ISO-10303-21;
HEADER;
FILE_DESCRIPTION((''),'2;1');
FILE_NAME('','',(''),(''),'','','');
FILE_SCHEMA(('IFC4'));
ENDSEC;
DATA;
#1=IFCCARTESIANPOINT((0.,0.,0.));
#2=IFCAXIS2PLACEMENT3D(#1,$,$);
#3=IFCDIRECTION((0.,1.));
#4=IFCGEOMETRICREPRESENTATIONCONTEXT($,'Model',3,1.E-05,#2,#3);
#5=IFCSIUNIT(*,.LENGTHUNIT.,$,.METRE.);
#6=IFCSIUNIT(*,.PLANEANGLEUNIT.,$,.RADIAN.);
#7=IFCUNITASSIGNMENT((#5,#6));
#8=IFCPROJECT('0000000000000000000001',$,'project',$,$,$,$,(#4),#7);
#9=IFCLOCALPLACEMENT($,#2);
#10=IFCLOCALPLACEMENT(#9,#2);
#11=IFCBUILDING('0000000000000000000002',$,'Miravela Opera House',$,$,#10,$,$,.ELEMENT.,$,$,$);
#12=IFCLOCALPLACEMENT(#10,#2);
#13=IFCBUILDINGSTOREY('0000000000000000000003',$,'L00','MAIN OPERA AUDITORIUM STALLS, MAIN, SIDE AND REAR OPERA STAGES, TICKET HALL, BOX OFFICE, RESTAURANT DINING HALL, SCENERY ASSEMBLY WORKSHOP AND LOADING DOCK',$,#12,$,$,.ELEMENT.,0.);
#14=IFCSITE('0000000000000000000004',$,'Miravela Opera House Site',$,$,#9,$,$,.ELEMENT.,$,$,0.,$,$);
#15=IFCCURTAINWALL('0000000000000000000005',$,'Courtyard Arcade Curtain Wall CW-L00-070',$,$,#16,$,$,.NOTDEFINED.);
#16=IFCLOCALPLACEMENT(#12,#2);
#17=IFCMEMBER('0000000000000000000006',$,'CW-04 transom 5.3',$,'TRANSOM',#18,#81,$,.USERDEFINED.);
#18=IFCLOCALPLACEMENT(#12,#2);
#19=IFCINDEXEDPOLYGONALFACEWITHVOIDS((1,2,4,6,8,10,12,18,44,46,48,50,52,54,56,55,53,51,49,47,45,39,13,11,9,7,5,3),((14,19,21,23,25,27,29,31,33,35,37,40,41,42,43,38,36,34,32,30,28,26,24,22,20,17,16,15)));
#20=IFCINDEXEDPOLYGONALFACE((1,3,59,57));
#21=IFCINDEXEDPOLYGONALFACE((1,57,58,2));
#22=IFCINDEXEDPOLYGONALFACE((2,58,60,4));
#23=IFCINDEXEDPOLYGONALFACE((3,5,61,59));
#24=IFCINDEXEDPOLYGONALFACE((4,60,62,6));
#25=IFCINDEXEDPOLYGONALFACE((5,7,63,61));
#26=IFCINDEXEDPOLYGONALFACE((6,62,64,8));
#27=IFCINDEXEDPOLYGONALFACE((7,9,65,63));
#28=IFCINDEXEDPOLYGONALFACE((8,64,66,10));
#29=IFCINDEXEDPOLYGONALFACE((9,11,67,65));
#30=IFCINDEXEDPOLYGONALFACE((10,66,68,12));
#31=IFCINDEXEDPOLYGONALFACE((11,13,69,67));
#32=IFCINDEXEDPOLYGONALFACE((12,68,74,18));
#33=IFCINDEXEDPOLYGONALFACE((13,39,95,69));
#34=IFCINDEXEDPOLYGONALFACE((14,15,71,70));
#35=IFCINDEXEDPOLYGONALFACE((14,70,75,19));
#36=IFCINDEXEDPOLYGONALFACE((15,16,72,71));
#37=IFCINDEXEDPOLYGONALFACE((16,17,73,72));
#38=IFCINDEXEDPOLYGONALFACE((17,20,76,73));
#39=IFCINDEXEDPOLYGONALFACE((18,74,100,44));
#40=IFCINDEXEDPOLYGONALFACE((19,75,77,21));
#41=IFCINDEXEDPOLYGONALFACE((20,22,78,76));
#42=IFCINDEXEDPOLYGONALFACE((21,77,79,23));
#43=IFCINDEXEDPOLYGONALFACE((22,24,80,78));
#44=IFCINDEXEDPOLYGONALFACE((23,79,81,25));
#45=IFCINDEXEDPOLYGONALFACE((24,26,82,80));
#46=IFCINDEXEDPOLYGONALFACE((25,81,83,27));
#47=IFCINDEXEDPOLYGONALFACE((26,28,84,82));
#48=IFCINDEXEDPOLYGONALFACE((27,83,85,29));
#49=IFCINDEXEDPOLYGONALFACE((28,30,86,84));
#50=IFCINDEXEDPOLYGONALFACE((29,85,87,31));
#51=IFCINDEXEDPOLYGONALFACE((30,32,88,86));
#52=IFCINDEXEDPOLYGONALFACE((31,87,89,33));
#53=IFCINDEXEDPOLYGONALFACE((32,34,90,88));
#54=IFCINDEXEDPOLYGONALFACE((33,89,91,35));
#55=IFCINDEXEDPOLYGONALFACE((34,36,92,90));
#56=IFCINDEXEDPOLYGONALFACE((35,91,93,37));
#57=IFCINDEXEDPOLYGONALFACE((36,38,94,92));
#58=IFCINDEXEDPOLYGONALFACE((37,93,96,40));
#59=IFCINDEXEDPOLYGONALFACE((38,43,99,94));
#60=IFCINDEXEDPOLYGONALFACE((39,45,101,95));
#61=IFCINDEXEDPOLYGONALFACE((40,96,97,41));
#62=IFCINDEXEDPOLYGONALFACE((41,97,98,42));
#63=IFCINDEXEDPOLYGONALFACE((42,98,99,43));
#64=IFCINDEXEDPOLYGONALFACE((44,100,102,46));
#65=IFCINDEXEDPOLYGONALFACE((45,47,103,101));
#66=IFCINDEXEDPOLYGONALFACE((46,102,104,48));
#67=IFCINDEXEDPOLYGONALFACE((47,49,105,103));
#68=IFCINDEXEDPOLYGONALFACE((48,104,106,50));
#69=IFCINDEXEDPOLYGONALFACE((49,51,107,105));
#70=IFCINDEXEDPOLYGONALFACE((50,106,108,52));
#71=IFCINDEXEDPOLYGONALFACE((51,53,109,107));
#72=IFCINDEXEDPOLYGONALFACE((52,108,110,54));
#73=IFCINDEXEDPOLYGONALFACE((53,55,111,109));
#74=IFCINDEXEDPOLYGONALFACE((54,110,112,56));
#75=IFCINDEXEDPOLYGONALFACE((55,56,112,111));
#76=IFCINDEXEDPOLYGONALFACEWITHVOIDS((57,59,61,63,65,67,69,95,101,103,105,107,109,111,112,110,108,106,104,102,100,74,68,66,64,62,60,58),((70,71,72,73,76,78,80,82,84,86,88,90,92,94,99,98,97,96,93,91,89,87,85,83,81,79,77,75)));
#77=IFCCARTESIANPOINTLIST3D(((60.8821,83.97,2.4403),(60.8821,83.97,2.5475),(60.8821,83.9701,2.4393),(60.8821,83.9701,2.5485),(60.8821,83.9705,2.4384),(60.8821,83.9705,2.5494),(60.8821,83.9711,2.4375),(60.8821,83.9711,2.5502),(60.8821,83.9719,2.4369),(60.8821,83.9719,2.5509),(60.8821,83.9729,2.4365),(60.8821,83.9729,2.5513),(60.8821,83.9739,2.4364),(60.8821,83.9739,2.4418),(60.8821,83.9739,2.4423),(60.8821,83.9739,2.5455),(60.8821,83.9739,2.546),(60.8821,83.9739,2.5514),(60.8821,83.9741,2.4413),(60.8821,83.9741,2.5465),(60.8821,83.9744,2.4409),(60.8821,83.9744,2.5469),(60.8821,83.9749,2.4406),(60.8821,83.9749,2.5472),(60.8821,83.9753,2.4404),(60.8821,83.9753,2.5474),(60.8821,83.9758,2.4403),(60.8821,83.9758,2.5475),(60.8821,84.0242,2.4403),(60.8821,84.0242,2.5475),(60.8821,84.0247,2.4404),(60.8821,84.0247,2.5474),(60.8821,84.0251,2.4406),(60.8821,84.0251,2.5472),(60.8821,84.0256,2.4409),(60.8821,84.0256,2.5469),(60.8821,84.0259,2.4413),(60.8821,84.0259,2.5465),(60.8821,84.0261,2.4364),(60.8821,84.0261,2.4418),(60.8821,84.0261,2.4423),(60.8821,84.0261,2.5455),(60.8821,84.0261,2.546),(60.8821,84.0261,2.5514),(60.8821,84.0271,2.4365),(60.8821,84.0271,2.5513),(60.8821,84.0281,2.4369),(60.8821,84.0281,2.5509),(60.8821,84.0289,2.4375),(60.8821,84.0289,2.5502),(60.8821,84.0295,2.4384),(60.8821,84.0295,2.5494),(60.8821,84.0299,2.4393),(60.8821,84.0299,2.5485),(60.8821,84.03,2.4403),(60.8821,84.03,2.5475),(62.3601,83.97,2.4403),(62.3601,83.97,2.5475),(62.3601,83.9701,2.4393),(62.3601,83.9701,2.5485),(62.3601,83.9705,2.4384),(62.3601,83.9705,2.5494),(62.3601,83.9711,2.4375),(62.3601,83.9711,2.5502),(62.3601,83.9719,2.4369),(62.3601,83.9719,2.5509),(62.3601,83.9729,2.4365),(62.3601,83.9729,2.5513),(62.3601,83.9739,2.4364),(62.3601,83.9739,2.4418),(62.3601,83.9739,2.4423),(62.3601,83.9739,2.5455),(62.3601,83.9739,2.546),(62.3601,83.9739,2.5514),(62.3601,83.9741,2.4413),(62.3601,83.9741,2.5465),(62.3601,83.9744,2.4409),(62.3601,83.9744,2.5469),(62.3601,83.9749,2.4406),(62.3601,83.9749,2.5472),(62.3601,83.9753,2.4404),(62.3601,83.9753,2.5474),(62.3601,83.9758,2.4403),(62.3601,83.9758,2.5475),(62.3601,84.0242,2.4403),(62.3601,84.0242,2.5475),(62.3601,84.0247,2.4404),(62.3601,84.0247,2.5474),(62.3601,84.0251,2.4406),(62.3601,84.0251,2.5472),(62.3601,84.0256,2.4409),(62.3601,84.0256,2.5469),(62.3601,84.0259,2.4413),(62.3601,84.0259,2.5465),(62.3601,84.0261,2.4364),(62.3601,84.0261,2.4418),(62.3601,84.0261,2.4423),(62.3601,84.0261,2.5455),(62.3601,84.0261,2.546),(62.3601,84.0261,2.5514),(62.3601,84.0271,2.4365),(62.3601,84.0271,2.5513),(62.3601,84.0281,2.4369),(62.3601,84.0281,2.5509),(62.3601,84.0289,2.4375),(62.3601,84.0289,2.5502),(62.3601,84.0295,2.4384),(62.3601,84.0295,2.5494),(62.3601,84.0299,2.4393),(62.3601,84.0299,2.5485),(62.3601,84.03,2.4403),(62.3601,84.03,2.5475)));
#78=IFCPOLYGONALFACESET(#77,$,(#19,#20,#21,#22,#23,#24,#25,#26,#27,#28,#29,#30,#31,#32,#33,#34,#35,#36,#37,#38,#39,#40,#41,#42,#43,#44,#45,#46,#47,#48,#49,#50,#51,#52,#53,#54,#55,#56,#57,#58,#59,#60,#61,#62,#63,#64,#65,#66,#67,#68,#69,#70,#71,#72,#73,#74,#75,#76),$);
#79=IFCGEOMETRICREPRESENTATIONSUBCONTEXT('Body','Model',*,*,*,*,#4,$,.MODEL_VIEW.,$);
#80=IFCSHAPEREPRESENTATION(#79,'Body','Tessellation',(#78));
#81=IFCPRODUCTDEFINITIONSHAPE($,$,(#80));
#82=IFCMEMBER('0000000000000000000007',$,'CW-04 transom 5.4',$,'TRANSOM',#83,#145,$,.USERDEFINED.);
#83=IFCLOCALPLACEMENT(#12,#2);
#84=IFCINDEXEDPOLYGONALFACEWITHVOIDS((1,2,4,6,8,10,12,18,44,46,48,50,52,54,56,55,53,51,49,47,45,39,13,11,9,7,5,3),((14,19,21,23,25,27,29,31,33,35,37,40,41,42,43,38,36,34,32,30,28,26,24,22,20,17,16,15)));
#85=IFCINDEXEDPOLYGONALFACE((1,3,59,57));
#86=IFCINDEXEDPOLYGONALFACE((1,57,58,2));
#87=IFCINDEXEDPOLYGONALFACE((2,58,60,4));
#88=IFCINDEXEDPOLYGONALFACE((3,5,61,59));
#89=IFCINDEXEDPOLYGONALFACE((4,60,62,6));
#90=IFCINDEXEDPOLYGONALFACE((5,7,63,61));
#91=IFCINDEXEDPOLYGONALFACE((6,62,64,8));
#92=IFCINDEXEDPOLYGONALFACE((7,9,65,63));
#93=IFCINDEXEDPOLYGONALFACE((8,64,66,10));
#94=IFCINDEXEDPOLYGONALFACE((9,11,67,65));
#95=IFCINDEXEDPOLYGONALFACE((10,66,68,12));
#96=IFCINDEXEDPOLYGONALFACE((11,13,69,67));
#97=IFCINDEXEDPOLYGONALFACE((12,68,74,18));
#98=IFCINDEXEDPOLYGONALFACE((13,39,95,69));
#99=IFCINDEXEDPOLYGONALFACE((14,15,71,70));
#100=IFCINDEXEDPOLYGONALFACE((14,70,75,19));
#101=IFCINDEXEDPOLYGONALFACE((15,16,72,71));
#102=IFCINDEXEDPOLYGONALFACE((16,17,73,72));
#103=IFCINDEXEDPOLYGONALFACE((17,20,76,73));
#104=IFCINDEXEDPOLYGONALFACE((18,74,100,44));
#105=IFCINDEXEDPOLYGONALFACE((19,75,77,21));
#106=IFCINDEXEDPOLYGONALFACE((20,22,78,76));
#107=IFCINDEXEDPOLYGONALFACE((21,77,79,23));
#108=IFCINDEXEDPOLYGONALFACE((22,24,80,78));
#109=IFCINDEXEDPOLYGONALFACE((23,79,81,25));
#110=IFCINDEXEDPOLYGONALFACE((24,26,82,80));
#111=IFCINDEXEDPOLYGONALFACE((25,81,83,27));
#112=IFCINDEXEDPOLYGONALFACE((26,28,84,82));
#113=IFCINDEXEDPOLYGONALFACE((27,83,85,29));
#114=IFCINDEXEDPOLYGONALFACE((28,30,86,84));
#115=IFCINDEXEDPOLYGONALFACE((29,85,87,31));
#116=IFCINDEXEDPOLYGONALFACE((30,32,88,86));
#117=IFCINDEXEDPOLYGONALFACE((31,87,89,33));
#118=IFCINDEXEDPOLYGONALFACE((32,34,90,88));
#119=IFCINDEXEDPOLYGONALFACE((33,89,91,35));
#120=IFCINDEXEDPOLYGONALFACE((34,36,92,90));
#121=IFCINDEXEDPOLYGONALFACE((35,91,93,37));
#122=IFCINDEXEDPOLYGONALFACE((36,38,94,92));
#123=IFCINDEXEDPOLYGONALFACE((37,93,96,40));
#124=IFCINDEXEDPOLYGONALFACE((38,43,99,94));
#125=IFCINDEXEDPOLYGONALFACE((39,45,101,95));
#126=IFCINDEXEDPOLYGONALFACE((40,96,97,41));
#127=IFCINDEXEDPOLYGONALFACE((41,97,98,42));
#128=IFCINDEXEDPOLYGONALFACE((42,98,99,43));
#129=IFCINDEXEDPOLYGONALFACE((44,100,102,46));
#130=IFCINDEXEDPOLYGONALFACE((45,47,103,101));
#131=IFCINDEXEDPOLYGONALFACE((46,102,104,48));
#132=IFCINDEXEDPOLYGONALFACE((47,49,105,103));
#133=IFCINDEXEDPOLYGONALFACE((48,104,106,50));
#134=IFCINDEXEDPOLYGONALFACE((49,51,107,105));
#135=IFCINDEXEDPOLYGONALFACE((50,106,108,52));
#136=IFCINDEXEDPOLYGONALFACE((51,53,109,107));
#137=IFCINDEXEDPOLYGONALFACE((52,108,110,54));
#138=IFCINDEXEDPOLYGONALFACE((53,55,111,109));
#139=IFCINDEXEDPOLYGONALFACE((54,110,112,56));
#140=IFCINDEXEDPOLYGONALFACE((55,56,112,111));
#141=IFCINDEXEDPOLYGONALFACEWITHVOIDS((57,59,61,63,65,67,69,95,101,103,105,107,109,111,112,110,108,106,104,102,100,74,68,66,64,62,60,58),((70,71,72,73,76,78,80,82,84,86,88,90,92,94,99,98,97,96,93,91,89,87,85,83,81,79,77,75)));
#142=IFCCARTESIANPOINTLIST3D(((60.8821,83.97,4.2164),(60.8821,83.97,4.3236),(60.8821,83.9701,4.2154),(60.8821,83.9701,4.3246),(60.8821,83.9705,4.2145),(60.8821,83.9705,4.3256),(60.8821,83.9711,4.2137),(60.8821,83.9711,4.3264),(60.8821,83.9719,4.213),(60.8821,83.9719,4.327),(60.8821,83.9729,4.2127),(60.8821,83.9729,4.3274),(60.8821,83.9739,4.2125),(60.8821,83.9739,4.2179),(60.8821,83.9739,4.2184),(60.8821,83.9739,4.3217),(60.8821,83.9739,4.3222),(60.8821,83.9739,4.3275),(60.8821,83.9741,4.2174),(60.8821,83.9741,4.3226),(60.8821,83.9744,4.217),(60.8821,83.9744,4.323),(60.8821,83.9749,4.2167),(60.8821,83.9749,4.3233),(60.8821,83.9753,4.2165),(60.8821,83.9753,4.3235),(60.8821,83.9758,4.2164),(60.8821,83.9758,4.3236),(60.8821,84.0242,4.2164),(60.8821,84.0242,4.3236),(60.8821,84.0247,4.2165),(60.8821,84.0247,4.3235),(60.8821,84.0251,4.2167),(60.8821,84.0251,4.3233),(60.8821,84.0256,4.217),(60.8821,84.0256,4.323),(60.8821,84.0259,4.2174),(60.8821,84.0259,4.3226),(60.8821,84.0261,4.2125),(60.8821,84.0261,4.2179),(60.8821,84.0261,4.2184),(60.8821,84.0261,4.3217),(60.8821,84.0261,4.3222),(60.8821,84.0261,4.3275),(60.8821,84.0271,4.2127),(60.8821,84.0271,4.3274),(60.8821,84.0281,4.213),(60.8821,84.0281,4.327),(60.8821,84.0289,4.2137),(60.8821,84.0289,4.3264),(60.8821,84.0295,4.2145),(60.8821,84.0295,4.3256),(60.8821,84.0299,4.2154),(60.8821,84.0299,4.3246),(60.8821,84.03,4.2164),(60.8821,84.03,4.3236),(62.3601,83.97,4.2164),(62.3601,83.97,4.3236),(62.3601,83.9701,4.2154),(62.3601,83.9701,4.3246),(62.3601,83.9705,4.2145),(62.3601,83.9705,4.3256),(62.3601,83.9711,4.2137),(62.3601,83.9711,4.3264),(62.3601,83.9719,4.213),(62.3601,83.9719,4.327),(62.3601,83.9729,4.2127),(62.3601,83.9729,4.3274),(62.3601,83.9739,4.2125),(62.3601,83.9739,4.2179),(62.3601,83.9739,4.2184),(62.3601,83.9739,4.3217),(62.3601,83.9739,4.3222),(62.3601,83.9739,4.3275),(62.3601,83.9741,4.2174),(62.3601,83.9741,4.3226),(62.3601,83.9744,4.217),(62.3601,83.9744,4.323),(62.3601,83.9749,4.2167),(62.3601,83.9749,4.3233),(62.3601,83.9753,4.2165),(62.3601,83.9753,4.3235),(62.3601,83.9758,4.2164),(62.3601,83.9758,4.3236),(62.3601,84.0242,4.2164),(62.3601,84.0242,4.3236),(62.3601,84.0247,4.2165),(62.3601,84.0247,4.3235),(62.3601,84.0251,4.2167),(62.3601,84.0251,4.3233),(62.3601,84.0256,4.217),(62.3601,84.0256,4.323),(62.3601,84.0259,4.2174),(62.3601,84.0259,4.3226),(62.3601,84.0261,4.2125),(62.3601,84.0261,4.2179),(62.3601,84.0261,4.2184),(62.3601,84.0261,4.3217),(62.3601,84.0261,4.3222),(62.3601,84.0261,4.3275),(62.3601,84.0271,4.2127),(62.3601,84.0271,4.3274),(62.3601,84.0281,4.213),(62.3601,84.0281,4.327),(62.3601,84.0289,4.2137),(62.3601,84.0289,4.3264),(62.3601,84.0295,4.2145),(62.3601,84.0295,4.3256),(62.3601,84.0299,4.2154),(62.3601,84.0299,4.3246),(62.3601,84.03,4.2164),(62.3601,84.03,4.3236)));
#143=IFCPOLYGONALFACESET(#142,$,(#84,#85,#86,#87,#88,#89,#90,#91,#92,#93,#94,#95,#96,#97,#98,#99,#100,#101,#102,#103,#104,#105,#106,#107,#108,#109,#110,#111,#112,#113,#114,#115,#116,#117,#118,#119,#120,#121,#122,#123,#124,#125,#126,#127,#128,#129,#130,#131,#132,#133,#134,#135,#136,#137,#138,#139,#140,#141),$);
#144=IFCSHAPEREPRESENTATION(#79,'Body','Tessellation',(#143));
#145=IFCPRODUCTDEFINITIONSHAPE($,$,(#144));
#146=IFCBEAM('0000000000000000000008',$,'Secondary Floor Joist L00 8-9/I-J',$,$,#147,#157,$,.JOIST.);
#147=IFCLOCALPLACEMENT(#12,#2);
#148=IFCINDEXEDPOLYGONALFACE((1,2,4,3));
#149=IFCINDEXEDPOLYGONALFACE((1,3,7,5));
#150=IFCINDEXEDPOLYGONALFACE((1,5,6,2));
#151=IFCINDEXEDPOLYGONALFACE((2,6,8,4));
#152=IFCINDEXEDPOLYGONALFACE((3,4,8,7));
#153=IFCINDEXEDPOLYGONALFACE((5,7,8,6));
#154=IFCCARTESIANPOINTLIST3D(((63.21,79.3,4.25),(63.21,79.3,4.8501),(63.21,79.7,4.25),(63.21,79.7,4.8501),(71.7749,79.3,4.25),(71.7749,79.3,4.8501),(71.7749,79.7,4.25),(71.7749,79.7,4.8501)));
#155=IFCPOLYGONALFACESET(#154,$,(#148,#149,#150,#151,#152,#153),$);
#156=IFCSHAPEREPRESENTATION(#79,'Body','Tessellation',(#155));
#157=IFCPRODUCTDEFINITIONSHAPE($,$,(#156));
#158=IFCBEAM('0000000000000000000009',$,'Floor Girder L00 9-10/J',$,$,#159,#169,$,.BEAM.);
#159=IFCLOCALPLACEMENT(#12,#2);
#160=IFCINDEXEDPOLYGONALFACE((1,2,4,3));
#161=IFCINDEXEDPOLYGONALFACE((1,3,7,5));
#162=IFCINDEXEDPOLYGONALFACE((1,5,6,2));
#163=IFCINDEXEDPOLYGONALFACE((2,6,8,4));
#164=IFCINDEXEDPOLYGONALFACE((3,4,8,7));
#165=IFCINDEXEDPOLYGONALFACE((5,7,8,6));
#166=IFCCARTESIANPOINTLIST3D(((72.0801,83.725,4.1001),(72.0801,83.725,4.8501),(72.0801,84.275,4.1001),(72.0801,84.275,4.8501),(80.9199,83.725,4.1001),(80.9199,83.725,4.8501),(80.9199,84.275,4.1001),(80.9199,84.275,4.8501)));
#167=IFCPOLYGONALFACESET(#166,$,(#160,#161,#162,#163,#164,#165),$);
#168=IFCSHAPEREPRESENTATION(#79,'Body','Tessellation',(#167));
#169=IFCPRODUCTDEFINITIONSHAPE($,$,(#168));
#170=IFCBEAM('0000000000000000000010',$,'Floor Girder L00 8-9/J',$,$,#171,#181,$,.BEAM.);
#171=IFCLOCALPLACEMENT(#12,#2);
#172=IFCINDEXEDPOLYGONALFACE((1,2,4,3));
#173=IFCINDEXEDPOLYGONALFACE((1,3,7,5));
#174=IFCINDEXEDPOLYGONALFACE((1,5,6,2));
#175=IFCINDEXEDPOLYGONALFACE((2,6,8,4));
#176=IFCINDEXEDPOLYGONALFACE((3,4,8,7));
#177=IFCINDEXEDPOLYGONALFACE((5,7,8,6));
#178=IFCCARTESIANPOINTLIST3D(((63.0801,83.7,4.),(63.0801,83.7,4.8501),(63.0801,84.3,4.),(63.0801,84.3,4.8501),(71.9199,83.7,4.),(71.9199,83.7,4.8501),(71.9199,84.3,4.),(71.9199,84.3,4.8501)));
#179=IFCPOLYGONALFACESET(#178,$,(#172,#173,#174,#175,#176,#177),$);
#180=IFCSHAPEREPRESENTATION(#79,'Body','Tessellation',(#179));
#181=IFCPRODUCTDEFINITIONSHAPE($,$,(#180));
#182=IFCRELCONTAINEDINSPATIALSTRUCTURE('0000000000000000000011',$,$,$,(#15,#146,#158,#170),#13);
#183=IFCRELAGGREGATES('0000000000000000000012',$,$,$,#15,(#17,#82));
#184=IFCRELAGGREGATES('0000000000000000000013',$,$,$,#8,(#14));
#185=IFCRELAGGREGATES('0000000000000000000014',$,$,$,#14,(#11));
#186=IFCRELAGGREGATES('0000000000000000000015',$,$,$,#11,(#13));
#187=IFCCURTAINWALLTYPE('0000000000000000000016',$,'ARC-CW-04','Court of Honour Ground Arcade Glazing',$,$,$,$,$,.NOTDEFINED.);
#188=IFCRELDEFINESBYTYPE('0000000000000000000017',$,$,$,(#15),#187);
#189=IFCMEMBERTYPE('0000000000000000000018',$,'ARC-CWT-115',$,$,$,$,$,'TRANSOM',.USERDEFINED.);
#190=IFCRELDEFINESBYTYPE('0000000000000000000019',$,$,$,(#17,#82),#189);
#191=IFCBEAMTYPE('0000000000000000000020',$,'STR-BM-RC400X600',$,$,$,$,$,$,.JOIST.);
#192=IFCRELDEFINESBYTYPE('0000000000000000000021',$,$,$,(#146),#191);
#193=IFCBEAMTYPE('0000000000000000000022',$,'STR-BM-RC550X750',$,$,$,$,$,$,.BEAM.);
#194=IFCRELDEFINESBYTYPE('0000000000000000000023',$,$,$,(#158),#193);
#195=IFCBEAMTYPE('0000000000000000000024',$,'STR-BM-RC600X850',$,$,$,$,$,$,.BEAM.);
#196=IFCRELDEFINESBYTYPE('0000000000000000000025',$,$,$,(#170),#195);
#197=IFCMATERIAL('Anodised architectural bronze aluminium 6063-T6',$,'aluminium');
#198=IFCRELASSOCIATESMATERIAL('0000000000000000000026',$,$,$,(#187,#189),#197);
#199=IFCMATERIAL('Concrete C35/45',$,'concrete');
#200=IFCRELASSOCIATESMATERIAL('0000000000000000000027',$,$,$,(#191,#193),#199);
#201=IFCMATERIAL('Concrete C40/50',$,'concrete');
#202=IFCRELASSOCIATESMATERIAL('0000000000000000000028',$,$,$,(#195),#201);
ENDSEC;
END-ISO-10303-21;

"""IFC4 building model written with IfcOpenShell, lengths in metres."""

from ifc_helpers import new_model, si_unit, direction, frame, origin, origin_2d, place, context, subcontext, project, spatial, rectangle, hollow_rectangle, extrude, material, material_profile, profile_set, type_object, element, aggregate, save


model = new_model("IFC4")

# Units and contexts
model_context = context("Model", 3, precision=1e-05, world=origin(), true_north=direction((0.0, 1.0)))
body_context = subcontext(model_context, "Body", "Model", "MODEL_VIEW")
ifc_project = project(units=[si_unit("LENGTHUNIT", "METRE"), si_unit("PLANEANGLEUNIT", "RADIAN")], contexts=[model_context])

# Site, building, storey
site_placement = place(None, origin())
site = spatial("IfcSite", under=ifc_project, at=site_placement, Name="Miravela Opera House Site", CompositionType="ELEMENT", RefElevation=0.0)
building_placement = place(site_placement, origin())
building = spatial("IfcBuilding", under=site, at=building_placement, Name="Miravela Opera House", CompositionType="ELEMENT")
storey_placement = place(building_placement, origin())
storey = spatial("IfcBuildingStorey", under=building, at=storey_placement, Name="L00", Description="MAIN OPERA AUDITORIUM STALLS, MAIN, SIDE AND REAR OPERA STAGES, TICKET HALL, BOX OFFICE, RESTAURANT DINING HALL, SCENERY ASSEMBLY WORKSHOP AND LOADING DOCK", CompositionType="ELEMENT", Elevation=0.0)

# Shared definitions
ifc_material_1 = material(Name="Concrete C35/45", Category="concrete")

# Curtain wall, members
ifc_material_2 = material(Name="Anodised architectural bronze aluminium 6063-T6", Category="aluminium")
curtain_wall_type = type_object("IfcCurtainWallType", Name="ARC-CW-04", Description="Court of Honour Ground Arcade Glazing", PredefinedType="NOTDEFINED", material=ifc_material_2)
curtain_wall_placement = place(storey_placement, origin())
curtain_wall = element("IfcCurtainWall", 1, at=curtain_wall_placement, inside=storey, type_object=curtain_wall_type, Name="Courtyard Arcade Curtain Wall CW-L00-070", PredefinedType="NOTDEFINED")
ifc_material_profile_1 = material_profile(ifc_material_2, hollow_rectangle(XDim=0.0601, YDim=0.115, WallThickness=0.0039, InnerFilletRadius=0.002, OuterFilletRadius=0.0039, at=origin_2d()), Name="CWT-60X115")
ifc_profile_set_1 = profile_set([ifc_material_profile_1])
member_type_1 = type_object("IfcMemberType", Name="ARC-CWT-115", ElementType="TRANSOM", PredefinedType="USERDEFINED", material=ifc_profile_set_1)
member_1_placement = place(storey_placement, frame((60.8821, 84.0, 2.4939), z_axis=(1.0, 0.0, 0.0), x_axis=(0.0, 1.0, 0.0)))
member_1 = element("IfcMember", 2, at=member_1_placement, type_object=member_type_1, Name="CW-04 transom 5.3", ObjectType="TRANSOM", PredefinedType="USERDEFINED", context=body_context, shape_type="SweptSolid", body=[
    extrude(hollow_rectangle(XDim=0.0601, YDim=0.115, WallThickness=0.0039, InnerFilletRadius=0.002, OuterFilletRadius=0.0039, at=origin_2d()), origin(), (0.0, 0.0, 1.0), 1.478),
])
member_2_placement = place(storey_placement, frame((60.8821, 84.0, 4.27), z_axis=(1.0, 0.0, 0.0), x_axis=(0.0, 1.0, 0.0)))
member_2 = element("IfcMember", 3, at=member_2_placement, type_object=member_type_1, Name="CW-04 transom 5.4", ObjectType="TRANSOM", PredefinedType="USERDEFINED", context=body_context, shape_type="SweptSolid", body=[
    extrude(hollow_rectangle(XDim=0.0601, YDim=0.115, WallThickness=0.0039, InnerFilletRadius=0.002, OuterFilletRadius=0.0039, at=origin_2d()), origin(), (0.0, 0.0, 1.0), 1.478),
])

# Beams
ifc_material_profile_2 = material_profile(ifc_material_1, rectangle(XDim=0.3999, YDim=0.6001, at=origin_2d()), Name="RC-BM-400X600")
ifc_profile_set_2 = profile_set([ifc_material_profile_2])
beam_type_1 = type_object("IfcBeamType", Name="STR-BM-RC400X600", PredefinedType="JOIST", material=ifc_profile_set_2)
beam_1_placement = place(storey_placement, frame((63.21, 79.5, 4.55), z_axis=(1.0, 0.0, 0.0), x_axis=(0.0, 1.0, 0.0)))
element("IfcBeam", 4, at=beam_1_placement, inside=storey, type_object=beam_type_1, Name="Secondary Floor Joist L00 8-9/I-J", PredefinedType="JOIST", context=body_context, shape_type="SweptSolid", body=[
    extrude(rectangle(XDim=0.3999, YDim=0.6001, at=origin_2d()), origin(), (0.0, 0.0, 1.0), 8.5649),
])
ifc_material_profile_3 = material_profile(ifc_material_1, rectangle(XDim=0.55, YDim=0.75, at=origin_2d()), Name="RC-BM-550X750")
ifc_profile_set_3 = profile_set([ifc_material_profile_3])
beam_type_2 = type_object("IfcBeamType", Name="STR-BM-RC550X750", PredefinedType="BEAM", material=ifc_profile_set_3)
beam_2_placement = place(storey_placement, frame((72.0801, 84.0, 4.4751), z_axis=(1.0, 0.0, 0.0), x_axis=(0.0, 1.0, 0.0)))
element("IfcBeam", 5, at=beam_2_placement, inside=storey, type_object=beam_type_2, Name="Floor Girder L00 9-10/J", PredefinedType="BEAM", context=body_context, shape_type="SweptSolid", body=[
    extrude(rectangle(XDim=0.55, YDim=0.75, at=origin_2d()), origin(), (0.0, 0.0, 1.0), 8.8398),
])
ifc_material_3 = material(Name="Concrete C40/50", Category="concrete")
ifc_material_profile_4 = material_profile(ifc_material_3, rectangle(XDim=0.6001, YDim=0.8501, at=origin_2d()), Name="RC-BM-600X850")
ifc_profile_set_4 = profile_set([ifc_material_profile_4])
beam_type_3 = type_object("IfcBeamType", Name="STR-BM-RC600X850", PredefinedType="BEAM", material=ifc_profile_set_4)
beam_3_placement = place(storey_placement, frame((63.0801, 84.0, 4.425), z_axis=(1.0, 0.0, 0.0), x_axis=(0.0, 1.0, 0.0)))
element("IfcBeam", 6, at=beam_3_placement, inside=storey, type_object=beam_type_3, Name="Floor Girder L00 8-9/J", PredefinedType="BEAM", context=body_context, shape_type="SweptSolid", body=[
    extrude(rectangle(XDim=0.6001, YDim=0.8501, at=origin_2d()), origin(), (0.0, 0.0, 1.0), 8.8398),
])

aggregate(curtain_wall, [member_1, member_2])

save(model, "model.ifc")
